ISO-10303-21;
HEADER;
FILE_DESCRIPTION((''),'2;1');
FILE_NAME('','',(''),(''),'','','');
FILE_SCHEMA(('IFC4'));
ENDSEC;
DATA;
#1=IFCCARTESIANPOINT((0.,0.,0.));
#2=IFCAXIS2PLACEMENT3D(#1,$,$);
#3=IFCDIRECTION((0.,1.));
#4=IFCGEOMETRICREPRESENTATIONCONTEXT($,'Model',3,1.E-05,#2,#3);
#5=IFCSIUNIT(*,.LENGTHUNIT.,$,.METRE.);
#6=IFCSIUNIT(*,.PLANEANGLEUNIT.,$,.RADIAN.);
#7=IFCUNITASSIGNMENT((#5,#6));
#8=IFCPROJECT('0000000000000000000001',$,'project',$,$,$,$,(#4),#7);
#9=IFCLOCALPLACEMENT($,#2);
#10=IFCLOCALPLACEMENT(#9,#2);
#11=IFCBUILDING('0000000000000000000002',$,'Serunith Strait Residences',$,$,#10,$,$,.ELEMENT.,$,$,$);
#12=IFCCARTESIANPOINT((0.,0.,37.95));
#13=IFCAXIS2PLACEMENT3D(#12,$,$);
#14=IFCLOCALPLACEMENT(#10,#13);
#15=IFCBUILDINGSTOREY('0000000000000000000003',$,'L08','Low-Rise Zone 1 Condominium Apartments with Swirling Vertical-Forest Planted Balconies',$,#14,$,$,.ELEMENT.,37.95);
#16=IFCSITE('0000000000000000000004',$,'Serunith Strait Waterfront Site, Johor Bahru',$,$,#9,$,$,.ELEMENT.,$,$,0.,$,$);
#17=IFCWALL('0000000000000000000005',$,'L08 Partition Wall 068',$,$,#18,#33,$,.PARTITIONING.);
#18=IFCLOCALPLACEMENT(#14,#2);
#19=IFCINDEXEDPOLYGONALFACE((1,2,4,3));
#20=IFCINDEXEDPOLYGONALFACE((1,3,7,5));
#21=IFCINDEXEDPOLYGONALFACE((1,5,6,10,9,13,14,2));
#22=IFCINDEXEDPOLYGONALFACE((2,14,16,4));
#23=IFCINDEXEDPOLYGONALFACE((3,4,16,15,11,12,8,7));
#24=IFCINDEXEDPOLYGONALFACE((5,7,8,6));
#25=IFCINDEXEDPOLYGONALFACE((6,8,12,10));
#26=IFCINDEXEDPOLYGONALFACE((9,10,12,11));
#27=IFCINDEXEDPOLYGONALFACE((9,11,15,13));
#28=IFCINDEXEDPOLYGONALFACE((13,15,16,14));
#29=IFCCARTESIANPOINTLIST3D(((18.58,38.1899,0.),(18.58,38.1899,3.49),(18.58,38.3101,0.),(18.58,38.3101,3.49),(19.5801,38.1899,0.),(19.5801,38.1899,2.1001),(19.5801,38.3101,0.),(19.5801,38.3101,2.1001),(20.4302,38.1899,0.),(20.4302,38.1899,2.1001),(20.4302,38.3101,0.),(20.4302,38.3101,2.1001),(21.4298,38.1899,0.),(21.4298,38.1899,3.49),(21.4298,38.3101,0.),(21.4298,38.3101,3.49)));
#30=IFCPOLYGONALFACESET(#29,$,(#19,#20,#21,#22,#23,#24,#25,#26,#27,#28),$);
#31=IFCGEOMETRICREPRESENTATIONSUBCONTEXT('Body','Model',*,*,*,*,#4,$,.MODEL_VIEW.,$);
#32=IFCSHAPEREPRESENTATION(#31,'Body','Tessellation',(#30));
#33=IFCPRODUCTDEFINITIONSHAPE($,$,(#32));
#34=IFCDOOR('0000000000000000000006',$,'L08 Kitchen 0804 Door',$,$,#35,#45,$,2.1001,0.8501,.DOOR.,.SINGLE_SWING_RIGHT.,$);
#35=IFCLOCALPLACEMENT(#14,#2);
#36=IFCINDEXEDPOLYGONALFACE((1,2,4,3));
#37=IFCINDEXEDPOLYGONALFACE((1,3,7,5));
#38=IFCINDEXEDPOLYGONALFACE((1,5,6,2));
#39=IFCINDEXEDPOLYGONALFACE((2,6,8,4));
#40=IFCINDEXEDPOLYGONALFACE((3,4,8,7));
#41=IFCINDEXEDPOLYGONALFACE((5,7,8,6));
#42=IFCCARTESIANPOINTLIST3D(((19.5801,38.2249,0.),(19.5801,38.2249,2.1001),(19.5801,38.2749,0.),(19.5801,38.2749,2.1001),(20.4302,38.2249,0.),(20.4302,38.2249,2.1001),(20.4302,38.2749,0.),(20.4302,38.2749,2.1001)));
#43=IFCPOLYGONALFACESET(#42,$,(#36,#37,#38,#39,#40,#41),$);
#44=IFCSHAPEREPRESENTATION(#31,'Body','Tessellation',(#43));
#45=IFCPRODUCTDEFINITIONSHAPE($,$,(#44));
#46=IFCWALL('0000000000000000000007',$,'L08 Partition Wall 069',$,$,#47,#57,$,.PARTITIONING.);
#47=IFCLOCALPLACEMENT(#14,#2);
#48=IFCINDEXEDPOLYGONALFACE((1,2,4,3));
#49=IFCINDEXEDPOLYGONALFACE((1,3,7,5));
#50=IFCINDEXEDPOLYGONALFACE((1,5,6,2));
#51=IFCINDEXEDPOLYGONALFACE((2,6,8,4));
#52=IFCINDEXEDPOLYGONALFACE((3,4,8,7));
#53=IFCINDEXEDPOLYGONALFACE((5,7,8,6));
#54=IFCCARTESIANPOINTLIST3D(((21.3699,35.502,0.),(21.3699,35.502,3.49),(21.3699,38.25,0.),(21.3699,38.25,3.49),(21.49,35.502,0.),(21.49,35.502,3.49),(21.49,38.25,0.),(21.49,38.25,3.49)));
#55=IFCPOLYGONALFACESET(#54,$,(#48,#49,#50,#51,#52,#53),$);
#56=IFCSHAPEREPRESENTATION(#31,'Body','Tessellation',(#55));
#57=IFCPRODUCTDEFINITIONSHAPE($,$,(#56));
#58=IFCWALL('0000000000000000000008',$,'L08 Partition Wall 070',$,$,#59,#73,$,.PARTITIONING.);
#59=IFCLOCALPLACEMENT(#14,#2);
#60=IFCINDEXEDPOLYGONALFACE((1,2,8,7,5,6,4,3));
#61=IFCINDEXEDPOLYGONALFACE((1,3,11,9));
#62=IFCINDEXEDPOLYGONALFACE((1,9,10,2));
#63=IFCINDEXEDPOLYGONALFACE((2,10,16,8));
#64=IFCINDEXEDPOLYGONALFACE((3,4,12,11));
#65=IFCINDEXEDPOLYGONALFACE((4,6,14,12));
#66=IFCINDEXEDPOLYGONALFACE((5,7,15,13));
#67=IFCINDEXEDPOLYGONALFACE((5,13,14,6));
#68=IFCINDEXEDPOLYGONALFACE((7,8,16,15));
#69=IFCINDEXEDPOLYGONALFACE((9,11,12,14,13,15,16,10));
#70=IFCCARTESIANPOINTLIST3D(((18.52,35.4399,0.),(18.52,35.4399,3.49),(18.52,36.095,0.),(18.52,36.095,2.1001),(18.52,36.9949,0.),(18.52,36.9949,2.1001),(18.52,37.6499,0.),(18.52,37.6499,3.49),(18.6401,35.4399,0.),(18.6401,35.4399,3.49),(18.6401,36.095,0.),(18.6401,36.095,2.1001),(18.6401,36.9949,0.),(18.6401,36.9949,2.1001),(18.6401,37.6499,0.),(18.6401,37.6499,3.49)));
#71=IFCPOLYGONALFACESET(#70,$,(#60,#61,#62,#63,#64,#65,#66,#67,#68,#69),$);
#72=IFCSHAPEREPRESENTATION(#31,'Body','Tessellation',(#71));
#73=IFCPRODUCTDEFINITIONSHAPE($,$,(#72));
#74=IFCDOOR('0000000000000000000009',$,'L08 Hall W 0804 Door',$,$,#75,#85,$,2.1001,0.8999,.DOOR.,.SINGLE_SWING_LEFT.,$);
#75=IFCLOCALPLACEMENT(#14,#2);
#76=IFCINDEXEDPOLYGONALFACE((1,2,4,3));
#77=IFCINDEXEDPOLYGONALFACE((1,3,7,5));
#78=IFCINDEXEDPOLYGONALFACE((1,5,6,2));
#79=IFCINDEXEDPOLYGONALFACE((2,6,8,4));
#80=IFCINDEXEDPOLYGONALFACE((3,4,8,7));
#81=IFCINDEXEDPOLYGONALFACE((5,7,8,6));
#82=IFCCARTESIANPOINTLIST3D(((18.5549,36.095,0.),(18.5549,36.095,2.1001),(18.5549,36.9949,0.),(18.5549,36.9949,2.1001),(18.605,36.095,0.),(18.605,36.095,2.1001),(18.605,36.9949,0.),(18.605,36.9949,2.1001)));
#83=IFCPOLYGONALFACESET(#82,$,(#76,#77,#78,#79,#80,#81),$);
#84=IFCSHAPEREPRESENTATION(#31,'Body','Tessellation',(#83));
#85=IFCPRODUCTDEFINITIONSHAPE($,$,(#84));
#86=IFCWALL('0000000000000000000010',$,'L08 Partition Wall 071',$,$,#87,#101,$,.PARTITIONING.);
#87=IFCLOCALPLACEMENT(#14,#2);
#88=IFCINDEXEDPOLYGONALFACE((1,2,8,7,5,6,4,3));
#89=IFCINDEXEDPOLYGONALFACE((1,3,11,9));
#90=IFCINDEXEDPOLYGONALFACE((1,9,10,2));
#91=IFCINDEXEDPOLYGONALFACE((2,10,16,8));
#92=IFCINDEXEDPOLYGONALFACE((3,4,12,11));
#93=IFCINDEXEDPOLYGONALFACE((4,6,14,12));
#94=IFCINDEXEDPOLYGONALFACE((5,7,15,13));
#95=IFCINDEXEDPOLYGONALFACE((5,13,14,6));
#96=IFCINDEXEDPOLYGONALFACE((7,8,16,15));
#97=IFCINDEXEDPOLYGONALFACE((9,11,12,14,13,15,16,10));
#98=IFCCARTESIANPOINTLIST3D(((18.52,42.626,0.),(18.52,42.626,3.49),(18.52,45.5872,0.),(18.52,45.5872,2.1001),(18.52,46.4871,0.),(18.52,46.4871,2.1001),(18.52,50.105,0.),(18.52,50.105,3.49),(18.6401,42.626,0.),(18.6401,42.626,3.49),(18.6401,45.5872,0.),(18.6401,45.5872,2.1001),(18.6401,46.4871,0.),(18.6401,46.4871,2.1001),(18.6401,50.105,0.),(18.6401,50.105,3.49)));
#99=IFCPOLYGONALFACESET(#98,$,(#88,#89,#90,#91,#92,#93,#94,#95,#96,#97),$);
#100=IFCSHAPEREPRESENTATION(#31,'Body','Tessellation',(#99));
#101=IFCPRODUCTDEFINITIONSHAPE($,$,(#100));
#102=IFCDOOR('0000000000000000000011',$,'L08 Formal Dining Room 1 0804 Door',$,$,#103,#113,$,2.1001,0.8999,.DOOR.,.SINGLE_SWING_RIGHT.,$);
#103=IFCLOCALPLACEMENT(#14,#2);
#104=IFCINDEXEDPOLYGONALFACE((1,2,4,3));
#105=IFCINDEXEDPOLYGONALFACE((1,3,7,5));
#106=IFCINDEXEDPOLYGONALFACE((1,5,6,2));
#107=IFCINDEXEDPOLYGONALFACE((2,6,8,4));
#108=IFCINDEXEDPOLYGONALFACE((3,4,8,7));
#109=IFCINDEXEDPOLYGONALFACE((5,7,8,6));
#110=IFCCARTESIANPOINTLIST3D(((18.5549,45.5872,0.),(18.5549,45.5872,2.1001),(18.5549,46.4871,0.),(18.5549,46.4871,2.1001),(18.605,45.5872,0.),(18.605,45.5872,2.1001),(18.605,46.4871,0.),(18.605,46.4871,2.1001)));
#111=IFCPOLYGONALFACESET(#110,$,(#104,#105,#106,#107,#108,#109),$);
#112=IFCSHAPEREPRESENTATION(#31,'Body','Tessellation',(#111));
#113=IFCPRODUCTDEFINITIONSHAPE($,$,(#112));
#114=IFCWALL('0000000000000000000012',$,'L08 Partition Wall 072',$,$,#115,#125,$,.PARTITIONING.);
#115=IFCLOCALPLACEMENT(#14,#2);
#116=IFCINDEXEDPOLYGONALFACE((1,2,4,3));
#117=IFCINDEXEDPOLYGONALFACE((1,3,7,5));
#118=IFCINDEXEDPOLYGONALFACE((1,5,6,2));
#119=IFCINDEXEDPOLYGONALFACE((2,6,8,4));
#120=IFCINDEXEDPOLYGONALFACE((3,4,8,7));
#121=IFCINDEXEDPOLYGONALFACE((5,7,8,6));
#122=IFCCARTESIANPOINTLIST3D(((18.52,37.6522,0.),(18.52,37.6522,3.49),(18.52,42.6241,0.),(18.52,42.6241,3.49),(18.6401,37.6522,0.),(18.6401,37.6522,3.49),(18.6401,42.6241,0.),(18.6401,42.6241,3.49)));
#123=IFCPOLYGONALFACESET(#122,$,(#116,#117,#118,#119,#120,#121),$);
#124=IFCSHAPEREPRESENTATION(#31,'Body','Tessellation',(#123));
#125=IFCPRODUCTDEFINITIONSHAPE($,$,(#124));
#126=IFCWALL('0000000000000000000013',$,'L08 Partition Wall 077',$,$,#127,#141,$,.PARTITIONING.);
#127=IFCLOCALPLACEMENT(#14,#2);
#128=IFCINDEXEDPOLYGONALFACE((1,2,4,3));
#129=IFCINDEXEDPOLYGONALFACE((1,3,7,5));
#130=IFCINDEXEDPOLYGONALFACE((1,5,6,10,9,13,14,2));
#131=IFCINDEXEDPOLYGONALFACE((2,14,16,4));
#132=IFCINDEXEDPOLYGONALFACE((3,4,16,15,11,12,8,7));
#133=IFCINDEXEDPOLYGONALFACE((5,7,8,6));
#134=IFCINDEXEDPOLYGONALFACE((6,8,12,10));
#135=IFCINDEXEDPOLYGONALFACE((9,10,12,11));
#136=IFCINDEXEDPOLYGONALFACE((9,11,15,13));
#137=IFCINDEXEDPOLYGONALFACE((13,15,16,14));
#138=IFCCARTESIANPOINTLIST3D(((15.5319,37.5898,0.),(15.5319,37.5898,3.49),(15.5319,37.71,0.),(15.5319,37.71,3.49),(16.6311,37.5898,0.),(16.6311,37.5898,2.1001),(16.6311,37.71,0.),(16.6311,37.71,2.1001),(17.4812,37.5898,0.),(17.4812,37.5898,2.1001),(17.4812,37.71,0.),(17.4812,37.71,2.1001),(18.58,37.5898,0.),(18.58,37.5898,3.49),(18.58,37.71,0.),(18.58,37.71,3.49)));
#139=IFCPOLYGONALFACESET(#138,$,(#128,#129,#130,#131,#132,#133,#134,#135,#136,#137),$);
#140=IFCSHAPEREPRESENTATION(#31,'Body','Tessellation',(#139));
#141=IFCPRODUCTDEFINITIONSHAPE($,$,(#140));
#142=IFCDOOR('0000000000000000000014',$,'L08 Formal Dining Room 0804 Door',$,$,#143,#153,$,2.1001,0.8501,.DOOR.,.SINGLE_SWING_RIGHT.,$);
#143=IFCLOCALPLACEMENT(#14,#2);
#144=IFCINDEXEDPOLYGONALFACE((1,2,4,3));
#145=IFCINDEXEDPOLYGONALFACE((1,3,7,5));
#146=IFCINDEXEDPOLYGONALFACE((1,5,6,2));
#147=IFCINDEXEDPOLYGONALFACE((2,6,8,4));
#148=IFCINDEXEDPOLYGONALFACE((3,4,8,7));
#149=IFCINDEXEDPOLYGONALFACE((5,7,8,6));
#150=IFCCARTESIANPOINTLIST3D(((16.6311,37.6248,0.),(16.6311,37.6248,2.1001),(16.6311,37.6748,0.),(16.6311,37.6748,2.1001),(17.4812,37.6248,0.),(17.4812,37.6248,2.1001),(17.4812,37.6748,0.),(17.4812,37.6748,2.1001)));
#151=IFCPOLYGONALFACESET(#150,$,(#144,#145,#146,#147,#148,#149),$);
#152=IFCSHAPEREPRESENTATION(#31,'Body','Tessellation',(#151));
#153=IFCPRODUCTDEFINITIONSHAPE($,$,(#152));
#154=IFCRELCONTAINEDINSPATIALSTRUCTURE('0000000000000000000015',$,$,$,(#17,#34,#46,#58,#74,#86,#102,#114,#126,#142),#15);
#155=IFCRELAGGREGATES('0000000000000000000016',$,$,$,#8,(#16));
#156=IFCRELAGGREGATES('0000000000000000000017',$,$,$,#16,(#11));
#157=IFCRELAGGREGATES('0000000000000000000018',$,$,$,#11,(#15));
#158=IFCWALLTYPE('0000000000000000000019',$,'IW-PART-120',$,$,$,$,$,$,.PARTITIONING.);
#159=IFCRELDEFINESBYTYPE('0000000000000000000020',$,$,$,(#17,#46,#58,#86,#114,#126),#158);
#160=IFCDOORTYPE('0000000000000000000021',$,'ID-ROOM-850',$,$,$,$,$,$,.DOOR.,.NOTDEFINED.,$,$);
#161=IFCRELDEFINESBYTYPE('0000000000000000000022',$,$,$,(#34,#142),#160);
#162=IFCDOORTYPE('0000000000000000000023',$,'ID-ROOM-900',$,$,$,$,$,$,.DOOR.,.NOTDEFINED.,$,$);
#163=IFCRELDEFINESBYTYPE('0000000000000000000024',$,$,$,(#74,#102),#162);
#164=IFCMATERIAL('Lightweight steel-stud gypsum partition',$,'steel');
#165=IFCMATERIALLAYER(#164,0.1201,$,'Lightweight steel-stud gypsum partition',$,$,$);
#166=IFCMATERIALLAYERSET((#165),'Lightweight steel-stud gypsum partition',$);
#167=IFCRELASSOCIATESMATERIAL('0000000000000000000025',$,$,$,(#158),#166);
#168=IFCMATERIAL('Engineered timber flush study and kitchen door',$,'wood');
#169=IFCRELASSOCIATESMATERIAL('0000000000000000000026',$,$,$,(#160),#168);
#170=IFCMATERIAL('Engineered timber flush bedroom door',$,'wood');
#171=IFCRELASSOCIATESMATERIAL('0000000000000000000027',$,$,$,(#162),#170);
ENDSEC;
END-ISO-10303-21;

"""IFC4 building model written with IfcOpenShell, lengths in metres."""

from ifc_helpers import new_model, si_unit, direction, frame, frame_2d, origin, place, context, subcontext, project, spatial, rectangle, extrude, source, transform, mapped, material, layer, layer_set, type_object, element, fill, save


model = new_model("IFC4")

# Units and contexts
model_context = context("Model", 3, precision=1e-05, world=origin(), true_north=direction((0.0, 1.0)))
body_context = subcontext(model_context, "Body", "Model", "MODEL_VIEW")
ifc_project = project(units=[si_unit("LENGTHUNIT", "METRE"), si_unit("PLANEANGLEUNIT", "RADIAN")], contexts=[model_context])

# Site, building, storey
site_placement = place(None, origin())
site = spatial("IfcSite", under=ifc_project, at=site_placement, Name="Serunith Strait Waterfront Site, Johor Bahru", CompositionType="ELEMENT", RefElevation=0.0)
building_placement = place(site_placement, origin())
building = spatial("IfcBuilding", under=site, at=building_placement, Name="Serunith Strait Residences", CompositionType="ELEMENT")
storey_placement = place(building_placement, frame((0.0, 0.0, 37.95)))
storey = spatial("IfcBuildingStorey", under=building, at=storey_placement, Name="L08", Description="Low-Rise Zone 1 Condominium Apartments with Swirling Vertical-Forest Planted Balconies", CompositionType="ELEMENT", Elevation=37.95)

# Wall, opening, door
ifc_material_1 = material(Name="Lightweight steel-stud gypsum partition", Category="steel")
ifc_layer_1 = layer(ifc_material_1, 0.1201, Name="Lightweight steel-stud gypsum partition")
ifc_layer_set_1 = layer_set([ifc_layer_1], Name="Lightweight steel-stud gypsum partition")
wall_type = type_object("IfcWallType", Name="IW-PART-120", PredefinedType="PARTITIONING", material=ifc_layer_set_1)
wall_1_placement = place(storey_placement, frame((18.5801, 38.25, 0.0), z_axis=(0.0, 0.0, 1.0), x_axis=(1.0, 0.0, 0.0)))
wall_1 = element("IfcWall", 1, at=wall_1_placement, inside=storey, type_object=wall_type, Name="L08 Partition Wall 068", PredefinedType="PARTITIONING", context=body_context, shape_type="SweptSolid", body=[
    extrude(rectangle(XDim=2.8499, YDim=0.1201, at=frame_2d((1.4248, 0.0))), origin(), (0.0, 0.0, 1.0), 3.49),
])
opening_1_placement = place(wall_1_placement, frame((1.0, 0.0, 0.0)))
opening_1 = element("IfcOpeningElement", 2, at=opening_1_placement, cuts=wall_1, PredefinedType="OPENING", context=body_context, shape_type="SweptSolid", body=[
    extrude(rectangle(XDim=0.8501, YDim=2.1001, at=frame_2d((0.425, 1.05))), frame((0.0, 0.0701, 0.0), z_axis=(0.0, -1.0, 0.0), x_axis=(1.0, 0.0, 0.0)), (0.0, 0.0, 1.0), 0.1401),
])
ifc_material_2 = material(Name="Engineered timber flush study and kitchen door", Category="wood")
door_type_1 = type_object("IfcDoorType", Name="ID-ROOM-850", OperationType="NOTDEFINED", PredefinedType="DOOR", material=ifc_material_2)
shared_shape_1 = source(origin(), body_context, "Body", "SweptSolid", [
    extrude(rectangle(XDim=0.8501, YDim=2.1001, at=frame_2d((0.425, 1.05))), frame((0.0, 0.0249, 0.0), z_axis=(0.0, -1.0, 0.0), x_axis=(1.0, 0.0, 0.0)), (0.0, 0.0, 1.0), 0.05),
])
door_1_placement = place(opening_1_placement, origin())
door_1 = element("IfcDoor", 3, at=door_1_placement, inside=storey, type_object=door_type_1, Name="L08 Kitchen 0804 Door", OperationType="SINGLE_SWING_RIGHT", OverallHeight=2.1001, OverallWidth=0.8501, PredefinedType="DOOR", context=body_context, shape_type="MappedRepresentation", body=[
    mapped(shared_shape_1, transform((0.0, 0.0, 0.0), scale=1.0)),
])
fill(opening_1, door_1)

# Wall
wall_2_placement = place(storey_placement, frame((21.4299, 38.25, 0.0), z_axis=(0.0, 0.0, 1.0), x_axis=(0.0, -1.0, 0.0)))
element("IfcWall", 4, at=wall_2_placement, inside=storey, type_object=wall_type, Name="L08 Partition Wall 069", PredefinedType="PARTITIONING", context=body_context, shape_type="SweptSolid", body=[
    extrude(rectangle(XDim=2.748, YDim=0.1201, at=frame_2d((1.374, 0.0))), origin(), (0.0, 0.0, 1.0), 3.49),
])

# Walls, openings, doors
wall_3_placement = place(storey_placement, frame((18.5801, 37.6499, 0.0), z_axis=(0.0, 0.0, 1.0), x_axis=(0.0, -1.0, 0.0)))
wall_3 = element("IfcWall", 5, at=wall_3_placement, inside=storey, type_object=wall_type, Name="L08 Partition Wall 070", PredefinedType="PARTITIONING", context=body_context, shape_type="SweptSolid", body=[
    extrude(rectangle(XDim=2.21, YDim=0.1201, at=frame_2d((1.105, 0.0))), origin(), (0.0, 0.0, 1.0), 3.49),
])
opening_2_placement = place(wall_3_placement, frame((0.655, 0.0, 0.0)))
opening_2 = element("IfcOpeningElement", 6, at=opening_2_placement, cuts=wall_3, PredefinedType="OPENING", context=body_context, shape_type="SweptSolid", body=[
    extrude(rectangle(XDim=0.8999, YDim=2.1001, at=frame_2d((0.45, 1.05))), frame((0.0, 0.0701, 0.0), z_axis=(0.0, -1.0, 0.0), x_axis=(1.0, 0.0, 0.0)), (0.0, 0.0, 1.0), 0.1401),
])
ifc_material_3 = material(Name="Engineered timber flush bedroom door", Category="wood")
door_type_2 = type_object("IfcDoorType", Name="ID-ROOM-900", OperationType="NOTDEFINED", PredefinedType="DOOR", material=ifc_material_3)
shared_shape_2 = source(origin(), body_context, "Body", "SweptSolid", [
    extrude(rectangle(XDim=0.8999, YDim=2.1001, at=frame_2d((0.45, 1.05))), frame((0.0, 0.0249, 0.0), z_axis=(0.0, -1.0, 0.0), x_axis=(1.0, 0.0, 0.0)), (0.0, 0.0, 1.0), 0.05),
])
door_2_placement = place(opening_2_placement, origin())
door_2 = element("IfcDoor", 7, at=door_2_placement, inside=storey, type_object=door_type_2, Name="L08 Hall W 0804 Door", OperationType="SINGLE_SWING_LEFT", OverallHeight=2.1001, OverallWidth=0.8999, PredefinedType="DOOR", context=body_context, shape_type="MappedRepresentation", body=[
    mapped(shared_shape_2, transform((0.0, 0.0, 0.0), scale=1.0)),
])
fill(opening_2, door_2)
wall_4_placement = place(storey_placement, frame((18.5801, 50.105, 0.0), z_axis=(0.0, 0.0, 1.0), x_axis=(0.0, -1.0, 0.0)))
wall_4 = element("IfcWall", 8, at=wall_4_placement, inside=storey, type_object=wall_type, Name="L08 Partition Wall 071", PredefinedType="PARTITIONING", context=body_context, shape_type="SweptSolid", body=[
    extrude(rectangle(XDim=7.479, YDim=0.1201, at=frame_2d((3.7395, 0.0))), origin(), (0.0, 0.0, 1.0), 3.49),
])
opening_3_placement = place(wall_4_placement, frame((3.6179, 0.0, 0.0)))
opening_3 = element("IfcOpeningElement", 9, at=opening_3_placement, cuts=wall_4, PredefinedType="OPENING", context=body_context, shape_type="SweptSolid", body=[
    extrude(rectangle(XDim=0.8999, YDim=2.1001, at=frame_2d((0.45, 1.05))), frame((0.0, 0.0701, 0.0), z_axis=(0.0, -1.0, 0.0), x_axis=(1.0, 0.0, 0.0)), (0.0, 0.0, 1.0), 0.1401),
])
door_3_placement = place(opening_3_placement, origin())
door_3 = element("IfcDoor", 10, at=door_3_placement, inside=storey, type_object=door_type_2, Name="L08 Formal Dining Room 1 0804 Door", OperationType="SINGLE_SWING_RIGHT", OverallHeight=2.1001, OverallWidth=0.8999, PredefinedType="DOOR", context=body_context, shape_type="MappedRepresentation", body=[
    mapped(shared_shape_2, transform((0.0, 0.0, 0.0), scale=1.0)),
])
fill(opening_3, door_3)

# Wall
wall_5_placement = place(storey_placement, frame((18.5801, 42.624, 0.0), z_axis=(0.0, 0.0, 1.0), x_axis=(0.0, -1.0, 0.0)))
element("IfcWall", 11, at=wall_5_placement, inside=storey, type_object=wall_type, Name="L08 Partition Wall 072", PredefinedType="PARTITIONING", context=body_context, shape_type="SweptSolid", body=[
    extrude(rectangle(XDim=4.9719, YDim=0.1201, at=frame_2d((2.4858, 0.0))), origin(), (0.0, 0.0, 1.0), 3.49),
])

# Wall, opening, door
wall_6_placement = place(storey_placement, frame((15.532, 37.6499, 0.0), z_axis=(0.0, 0.0, 1.0), x_axis=(1.0, 0.0, 0.0)))
wall_6 = element("IfcWall", 12, at=wall_6_placement, inside=storey, type_object=wall_type, Name="L08 Partition Wall 077", PredefinedType="PARTITIONING", context=body_context, shape_type="SweptSolid", body=[
    extrude(rectangle(XDim=3.0481, YDim=0.1201, at=frame_2d((1.5239, 0.0))), origin(), (0.0, 0.0, 1.0), 3.49),
])
opening_4_placement = place(wall_6_placement, frame((1.0991, 0.0, 0.0)))
opening_4 = element("IfcOpeningElement", 13, at=opening_4_placement, cuts=wall_6, PredefinedType="OPENING", context=body_context, shape_type="SweptSolid", body=[
    extrude(rectangle(XDim=0.8501, YDim=2.1001, at=frame_2d((0.425, 1.05))), frame((0.0, 0.0701, 0.0), z_axis=(0.0, -1.0, 0.0), x_axis=(1.0, 0.0, 0.0)), (0.0, 0.0, 1.0), 0.1401),
])
door_4_placement = place(opening_4_placement, origin())
door_4 = element("IfcDoor", 14, at=door_4_placement, inside=storey, type_object=door_type_1, Name="L08 Formal Dining Room 0804 Door", OperationType="SINGLE_SWING_RIGHT", OverallHeight=2.1001, OverallWidth=0.8501, PredefinedType="DOOR", context=body_context, shape_type="MappedRepresentation", body=[
    mapped(shared_shape_1, transform((0.0, 0.0, 0.0), scale=1.0)),
])
fill(opening_4, door_4)

save(model, "model.ifc")
